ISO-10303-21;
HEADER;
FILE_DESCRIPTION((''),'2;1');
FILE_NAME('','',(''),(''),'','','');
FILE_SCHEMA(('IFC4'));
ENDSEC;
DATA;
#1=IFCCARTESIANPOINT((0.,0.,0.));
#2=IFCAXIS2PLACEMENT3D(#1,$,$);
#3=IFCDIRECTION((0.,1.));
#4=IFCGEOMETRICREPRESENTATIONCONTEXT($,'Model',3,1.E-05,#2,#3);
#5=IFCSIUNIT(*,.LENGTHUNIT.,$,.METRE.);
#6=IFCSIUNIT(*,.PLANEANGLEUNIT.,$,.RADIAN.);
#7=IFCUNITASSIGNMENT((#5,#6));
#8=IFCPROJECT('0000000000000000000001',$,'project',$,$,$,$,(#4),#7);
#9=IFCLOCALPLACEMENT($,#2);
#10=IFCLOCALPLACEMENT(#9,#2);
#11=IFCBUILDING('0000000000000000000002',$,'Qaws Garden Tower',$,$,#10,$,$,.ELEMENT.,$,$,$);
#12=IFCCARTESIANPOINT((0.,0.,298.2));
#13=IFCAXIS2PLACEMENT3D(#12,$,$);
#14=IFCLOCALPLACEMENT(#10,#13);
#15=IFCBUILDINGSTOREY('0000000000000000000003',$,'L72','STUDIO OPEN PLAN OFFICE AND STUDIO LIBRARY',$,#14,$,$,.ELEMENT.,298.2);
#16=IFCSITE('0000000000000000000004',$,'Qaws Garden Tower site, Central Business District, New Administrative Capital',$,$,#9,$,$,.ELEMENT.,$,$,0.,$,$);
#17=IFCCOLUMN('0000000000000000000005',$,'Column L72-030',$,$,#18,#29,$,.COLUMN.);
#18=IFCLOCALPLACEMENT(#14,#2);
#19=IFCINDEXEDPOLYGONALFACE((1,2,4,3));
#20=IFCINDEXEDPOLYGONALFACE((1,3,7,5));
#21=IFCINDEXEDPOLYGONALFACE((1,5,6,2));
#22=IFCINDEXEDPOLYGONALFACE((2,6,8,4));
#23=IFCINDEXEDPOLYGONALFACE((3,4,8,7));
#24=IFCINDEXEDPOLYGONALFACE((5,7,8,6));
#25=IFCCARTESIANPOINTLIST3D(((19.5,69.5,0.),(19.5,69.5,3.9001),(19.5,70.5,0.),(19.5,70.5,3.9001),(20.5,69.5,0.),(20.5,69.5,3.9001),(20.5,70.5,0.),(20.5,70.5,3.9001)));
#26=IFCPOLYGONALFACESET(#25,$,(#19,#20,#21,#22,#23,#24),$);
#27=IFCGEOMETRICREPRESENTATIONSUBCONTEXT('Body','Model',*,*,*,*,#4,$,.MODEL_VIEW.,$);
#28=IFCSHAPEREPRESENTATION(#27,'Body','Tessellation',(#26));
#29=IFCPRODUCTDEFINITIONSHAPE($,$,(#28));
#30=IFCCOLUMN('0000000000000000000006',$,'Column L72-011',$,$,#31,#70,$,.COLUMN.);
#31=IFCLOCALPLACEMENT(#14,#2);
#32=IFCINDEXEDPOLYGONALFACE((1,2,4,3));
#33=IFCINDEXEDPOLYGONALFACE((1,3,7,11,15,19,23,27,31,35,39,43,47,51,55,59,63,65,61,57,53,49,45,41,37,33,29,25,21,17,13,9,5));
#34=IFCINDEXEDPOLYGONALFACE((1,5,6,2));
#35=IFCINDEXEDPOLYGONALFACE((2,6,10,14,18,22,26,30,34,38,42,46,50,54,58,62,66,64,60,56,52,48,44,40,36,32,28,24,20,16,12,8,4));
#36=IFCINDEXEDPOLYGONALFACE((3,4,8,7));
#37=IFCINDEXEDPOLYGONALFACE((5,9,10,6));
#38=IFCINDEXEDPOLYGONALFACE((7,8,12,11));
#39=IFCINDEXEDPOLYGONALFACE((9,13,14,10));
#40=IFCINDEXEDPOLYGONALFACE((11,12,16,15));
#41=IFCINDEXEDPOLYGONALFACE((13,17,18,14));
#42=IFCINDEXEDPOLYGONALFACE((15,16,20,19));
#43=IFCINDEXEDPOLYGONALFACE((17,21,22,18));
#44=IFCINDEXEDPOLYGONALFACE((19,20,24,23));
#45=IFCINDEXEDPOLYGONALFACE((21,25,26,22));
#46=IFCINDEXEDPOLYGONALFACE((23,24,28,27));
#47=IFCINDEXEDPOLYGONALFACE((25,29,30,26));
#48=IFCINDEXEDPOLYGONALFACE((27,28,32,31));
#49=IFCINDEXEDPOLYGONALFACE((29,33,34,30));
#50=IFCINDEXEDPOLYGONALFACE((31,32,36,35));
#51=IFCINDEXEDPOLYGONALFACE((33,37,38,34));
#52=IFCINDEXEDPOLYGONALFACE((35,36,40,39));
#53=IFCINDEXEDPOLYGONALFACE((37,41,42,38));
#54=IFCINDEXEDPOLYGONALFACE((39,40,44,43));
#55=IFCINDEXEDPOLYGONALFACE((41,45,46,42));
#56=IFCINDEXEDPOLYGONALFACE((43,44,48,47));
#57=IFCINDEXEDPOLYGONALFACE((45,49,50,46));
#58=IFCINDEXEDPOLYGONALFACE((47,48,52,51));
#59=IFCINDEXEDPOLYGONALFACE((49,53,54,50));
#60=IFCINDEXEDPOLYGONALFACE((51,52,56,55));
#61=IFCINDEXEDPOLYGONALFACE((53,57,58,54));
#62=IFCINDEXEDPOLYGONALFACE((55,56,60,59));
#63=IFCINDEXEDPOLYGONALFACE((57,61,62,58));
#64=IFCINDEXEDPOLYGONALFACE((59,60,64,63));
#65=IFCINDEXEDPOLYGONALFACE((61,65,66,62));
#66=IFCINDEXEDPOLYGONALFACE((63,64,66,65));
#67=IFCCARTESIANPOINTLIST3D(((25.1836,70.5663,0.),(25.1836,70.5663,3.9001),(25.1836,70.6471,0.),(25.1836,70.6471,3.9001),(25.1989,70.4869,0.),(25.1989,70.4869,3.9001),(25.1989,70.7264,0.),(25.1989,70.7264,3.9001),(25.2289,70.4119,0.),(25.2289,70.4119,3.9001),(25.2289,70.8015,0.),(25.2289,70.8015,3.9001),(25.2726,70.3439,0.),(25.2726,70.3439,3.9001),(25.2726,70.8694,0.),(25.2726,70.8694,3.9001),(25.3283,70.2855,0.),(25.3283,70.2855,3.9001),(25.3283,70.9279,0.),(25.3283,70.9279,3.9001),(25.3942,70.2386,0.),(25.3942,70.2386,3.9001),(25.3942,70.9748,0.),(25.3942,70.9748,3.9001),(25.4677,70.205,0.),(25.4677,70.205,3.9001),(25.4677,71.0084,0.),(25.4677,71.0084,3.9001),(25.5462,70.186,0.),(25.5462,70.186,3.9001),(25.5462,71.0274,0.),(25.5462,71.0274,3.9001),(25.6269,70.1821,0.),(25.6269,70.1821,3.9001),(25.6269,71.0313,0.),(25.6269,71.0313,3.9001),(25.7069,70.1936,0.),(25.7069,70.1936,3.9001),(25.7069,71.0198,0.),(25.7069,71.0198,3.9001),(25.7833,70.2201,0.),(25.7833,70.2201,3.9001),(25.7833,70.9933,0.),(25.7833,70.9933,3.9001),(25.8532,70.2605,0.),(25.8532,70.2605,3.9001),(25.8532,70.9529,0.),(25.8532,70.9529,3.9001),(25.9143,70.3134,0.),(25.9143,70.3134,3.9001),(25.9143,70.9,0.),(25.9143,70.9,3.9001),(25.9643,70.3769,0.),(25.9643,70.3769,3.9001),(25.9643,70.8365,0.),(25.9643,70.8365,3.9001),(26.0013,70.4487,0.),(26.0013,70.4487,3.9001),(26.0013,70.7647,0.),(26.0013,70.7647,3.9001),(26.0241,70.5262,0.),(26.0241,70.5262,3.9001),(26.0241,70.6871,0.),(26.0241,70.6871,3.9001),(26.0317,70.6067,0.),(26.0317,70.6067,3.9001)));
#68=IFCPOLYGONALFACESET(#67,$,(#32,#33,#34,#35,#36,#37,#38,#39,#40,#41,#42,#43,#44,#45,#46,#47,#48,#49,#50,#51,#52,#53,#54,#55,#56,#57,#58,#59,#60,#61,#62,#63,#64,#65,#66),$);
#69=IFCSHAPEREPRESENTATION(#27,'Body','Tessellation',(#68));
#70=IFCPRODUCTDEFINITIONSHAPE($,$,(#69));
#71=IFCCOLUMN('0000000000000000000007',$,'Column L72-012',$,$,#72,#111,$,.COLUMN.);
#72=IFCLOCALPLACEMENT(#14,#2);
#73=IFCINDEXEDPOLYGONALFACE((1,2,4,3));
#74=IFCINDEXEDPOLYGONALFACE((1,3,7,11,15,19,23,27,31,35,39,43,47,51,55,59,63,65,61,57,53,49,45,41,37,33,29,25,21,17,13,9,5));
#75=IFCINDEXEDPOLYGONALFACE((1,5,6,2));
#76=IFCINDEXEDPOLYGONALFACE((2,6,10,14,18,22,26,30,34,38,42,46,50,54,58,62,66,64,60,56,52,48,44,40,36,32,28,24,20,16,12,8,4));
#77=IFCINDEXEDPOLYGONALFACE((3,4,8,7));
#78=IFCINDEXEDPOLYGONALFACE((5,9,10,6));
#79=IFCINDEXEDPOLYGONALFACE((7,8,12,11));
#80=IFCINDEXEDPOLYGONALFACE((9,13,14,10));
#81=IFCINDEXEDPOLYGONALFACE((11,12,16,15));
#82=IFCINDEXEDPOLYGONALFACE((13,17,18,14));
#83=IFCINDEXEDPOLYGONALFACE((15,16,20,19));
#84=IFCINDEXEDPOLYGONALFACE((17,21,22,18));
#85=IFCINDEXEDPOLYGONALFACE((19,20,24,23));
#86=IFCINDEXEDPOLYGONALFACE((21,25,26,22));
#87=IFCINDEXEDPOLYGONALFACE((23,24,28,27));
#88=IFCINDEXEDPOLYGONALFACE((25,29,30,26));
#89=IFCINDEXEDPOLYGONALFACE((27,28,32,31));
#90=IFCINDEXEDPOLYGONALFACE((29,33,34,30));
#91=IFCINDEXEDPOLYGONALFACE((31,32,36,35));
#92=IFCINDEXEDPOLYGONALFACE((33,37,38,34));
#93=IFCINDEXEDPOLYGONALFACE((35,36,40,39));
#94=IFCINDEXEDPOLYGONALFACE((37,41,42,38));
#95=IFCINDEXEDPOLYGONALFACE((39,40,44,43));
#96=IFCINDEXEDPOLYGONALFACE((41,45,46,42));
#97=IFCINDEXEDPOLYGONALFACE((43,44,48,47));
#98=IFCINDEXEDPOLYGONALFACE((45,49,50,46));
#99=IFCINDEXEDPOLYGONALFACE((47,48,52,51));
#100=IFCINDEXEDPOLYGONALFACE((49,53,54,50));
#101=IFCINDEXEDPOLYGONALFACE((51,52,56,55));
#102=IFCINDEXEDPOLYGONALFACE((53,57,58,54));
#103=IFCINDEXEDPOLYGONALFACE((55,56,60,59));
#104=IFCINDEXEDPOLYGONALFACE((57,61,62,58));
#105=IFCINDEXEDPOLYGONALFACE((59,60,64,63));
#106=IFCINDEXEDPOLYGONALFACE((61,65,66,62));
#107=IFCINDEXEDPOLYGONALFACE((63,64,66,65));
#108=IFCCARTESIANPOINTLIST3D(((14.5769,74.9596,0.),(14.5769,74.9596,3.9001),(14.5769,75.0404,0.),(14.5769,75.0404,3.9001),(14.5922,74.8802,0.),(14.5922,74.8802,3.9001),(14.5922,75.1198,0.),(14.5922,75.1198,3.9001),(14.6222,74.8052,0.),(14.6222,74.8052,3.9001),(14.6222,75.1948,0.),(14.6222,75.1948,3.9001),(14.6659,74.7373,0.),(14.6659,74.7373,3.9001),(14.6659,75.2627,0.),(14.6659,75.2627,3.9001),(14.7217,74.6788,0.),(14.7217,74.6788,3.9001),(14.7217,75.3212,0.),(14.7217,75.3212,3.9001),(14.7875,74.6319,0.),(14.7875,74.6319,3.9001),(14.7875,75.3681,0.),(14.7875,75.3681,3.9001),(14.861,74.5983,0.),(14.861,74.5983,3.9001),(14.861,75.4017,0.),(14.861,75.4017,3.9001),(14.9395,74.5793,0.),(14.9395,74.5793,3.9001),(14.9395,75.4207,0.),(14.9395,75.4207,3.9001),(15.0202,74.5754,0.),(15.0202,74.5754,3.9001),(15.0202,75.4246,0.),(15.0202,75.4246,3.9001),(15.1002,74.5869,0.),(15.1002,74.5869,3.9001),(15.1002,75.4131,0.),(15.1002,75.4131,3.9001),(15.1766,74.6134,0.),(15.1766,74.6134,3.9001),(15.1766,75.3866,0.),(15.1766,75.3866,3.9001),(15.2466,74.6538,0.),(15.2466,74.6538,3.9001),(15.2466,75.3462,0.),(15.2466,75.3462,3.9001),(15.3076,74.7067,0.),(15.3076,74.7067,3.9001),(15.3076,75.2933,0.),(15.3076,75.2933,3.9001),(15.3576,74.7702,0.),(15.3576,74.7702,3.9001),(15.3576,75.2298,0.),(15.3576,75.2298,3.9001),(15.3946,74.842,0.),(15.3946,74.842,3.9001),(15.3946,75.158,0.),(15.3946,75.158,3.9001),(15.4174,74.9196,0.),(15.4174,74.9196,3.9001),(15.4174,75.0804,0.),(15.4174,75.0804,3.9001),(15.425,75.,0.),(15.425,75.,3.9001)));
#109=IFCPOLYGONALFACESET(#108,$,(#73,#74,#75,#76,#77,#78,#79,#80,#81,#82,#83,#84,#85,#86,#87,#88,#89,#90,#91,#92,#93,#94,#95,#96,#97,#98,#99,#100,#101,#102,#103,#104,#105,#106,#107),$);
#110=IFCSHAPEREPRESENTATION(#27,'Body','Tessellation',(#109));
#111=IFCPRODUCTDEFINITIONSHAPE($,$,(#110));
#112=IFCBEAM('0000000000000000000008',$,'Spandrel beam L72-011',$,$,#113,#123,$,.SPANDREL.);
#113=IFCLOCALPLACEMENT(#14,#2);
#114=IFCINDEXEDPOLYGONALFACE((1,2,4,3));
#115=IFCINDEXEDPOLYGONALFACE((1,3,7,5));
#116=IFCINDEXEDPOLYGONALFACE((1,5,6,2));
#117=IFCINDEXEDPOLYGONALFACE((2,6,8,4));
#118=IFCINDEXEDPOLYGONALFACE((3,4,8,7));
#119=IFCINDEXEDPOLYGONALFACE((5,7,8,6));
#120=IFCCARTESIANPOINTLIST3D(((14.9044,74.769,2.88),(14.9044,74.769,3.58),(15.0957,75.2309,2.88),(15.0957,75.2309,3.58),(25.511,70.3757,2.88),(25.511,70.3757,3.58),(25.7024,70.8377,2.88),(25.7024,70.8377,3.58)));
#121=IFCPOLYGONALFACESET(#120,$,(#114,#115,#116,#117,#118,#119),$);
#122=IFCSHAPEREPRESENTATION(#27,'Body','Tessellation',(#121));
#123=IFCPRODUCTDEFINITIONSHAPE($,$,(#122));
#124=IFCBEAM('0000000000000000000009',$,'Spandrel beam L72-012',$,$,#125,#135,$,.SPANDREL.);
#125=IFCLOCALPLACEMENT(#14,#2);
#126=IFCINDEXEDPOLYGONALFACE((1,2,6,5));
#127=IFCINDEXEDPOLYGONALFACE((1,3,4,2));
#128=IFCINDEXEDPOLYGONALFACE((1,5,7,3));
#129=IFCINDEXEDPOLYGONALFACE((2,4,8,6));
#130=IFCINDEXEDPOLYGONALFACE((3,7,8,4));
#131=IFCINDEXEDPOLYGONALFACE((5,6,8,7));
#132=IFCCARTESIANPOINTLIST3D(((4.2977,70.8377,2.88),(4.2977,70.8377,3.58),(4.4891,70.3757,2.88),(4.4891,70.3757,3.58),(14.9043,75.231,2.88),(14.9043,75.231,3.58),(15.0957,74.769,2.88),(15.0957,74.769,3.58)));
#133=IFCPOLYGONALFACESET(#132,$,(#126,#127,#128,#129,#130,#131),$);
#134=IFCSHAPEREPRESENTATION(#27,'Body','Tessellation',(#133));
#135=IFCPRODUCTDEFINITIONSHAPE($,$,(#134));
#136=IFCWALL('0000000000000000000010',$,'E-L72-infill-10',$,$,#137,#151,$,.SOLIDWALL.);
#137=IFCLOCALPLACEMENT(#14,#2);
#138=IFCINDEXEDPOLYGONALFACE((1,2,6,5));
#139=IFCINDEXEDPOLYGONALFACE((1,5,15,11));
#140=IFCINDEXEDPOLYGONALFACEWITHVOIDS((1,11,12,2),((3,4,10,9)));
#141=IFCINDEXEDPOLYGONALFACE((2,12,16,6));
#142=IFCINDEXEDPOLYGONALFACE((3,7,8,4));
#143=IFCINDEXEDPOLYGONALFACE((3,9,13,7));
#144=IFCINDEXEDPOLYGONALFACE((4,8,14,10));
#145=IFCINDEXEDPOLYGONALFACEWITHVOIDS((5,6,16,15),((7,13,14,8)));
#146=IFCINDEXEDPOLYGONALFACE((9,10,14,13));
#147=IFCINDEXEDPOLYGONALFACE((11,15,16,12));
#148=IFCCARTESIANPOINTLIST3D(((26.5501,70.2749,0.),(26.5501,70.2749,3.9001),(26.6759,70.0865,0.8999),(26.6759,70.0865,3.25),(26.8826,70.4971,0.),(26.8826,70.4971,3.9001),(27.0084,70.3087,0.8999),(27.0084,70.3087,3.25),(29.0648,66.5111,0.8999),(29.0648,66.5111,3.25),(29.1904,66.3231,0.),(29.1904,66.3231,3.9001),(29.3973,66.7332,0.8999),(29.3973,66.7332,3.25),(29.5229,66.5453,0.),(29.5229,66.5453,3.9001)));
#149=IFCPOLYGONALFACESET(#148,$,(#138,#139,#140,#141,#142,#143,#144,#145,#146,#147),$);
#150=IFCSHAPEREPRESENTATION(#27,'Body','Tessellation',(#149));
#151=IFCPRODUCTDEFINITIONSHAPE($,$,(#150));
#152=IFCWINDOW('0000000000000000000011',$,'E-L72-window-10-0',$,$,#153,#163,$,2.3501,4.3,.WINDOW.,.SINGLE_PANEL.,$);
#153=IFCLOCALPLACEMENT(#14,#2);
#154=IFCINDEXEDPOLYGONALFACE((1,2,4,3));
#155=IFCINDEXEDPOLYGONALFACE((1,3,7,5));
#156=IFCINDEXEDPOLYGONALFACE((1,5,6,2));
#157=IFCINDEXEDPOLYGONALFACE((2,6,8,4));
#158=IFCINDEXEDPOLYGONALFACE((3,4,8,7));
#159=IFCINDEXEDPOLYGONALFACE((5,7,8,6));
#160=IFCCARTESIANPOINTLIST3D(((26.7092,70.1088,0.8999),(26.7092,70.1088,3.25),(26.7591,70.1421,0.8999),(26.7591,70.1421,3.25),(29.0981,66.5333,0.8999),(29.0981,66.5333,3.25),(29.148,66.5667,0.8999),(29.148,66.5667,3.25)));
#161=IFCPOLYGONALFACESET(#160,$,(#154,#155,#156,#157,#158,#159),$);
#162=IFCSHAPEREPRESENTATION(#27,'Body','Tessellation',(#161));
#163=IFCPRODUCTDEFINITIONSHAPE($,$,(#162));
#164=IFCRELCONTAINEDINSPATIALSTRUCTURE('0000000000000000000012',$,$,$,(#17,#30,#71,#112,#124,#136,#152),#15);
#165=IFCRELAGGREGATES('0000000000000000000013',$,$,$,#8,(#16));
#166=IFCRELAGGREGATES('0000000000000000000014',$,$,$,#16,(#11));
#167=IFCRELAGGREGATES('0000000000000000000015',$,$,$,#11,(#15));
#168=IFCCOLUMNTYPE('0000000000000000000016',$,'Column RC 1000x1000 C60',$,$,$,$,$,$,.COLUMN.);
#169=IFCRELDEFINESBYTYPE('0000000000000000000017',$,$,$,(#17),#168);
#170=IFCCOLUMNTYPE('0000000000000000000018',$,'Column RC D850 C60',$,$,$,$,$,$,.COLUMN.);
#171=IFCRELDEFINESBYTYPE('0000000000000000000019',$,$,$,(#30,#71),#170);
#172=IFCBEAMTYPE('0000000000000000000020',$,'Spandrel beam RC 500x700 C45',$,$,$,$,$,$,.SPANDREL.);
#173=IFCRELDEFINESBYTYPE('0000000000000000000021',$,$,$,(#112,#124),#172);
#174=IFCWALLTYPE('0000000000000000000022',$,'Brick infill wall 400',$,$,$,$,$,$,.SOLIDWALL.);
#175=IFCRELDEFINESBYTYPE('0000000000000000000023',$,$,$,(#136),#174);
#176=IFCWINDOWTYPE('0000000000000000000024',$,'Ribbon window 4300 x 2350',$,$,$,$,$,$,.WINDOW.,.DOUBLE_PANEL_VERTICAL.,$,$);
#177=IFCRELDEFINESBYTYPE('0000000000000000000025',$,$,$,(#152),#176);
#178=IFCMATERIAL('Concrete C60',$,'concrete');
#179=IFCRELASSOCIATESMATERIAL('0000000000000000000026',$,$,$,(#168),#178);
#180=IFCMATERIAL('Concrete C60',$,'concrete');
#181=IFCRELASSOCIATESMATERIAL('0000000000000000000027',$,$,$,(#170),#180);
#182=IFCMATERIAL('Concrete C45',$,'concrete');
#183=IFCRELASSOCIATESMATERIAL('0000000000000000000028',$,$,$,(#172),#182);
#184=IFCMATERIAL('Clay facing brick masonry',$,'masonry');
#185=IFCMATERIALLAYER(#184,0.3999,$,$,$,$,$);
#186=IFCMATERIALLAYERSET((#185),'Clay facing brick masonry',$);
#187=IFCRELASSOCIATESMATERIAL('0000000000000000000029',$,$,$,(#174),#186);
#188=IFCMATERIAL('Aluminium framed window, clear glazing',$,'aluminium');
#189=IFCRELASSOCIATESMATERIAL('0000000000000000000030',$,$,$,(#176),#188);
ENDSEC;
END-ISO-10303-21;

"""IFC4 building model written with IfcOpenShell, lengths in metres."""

from ifc_helpers import new_model, si_unit, direction, frame, frame_2d, origin, origin_2d, place, context, subcontext, project, spatial, rectangle, circle, extrude, material, layer, layer_set, material_profile, profile_set, type_object, element, fill, save


model = new_model("IFC4")

# Units and contexts
model_context = context("Model", 3, precision=1e-05, world=origin(), true_north=direction((0.0, 1.0)))
body_context = subcontext(model_context, "Body", "Model", "MODEL_VIEW")
ifc_project = project(units=[si_unit("LENGTHUNIT", "METRE"), si_unit("PLANEANGLEUNIT", "RADIAN")], contexts=[model_context])

# Site, building, storey
site_placement = place(None, origin())
site = spatial("IfcSite", under=ifc_project, at=site_placement, Name="Qaws Garden Tower site, Central Business District, New Administrative Capital", CompositionType="ELEMENT", RefElevation=0.0)
building_placement = place(site_placement, origin())
building = spatial("IfcBuilding", under=site, at=building_placement, Name="Qaws Garden Tower", CompositionType="ELEMENT")
storey_placement = place(building_placement, frame((0.0, 0.0, 298.2)))
storey = spatial("IfcBuildingStorey", under=building, at=storey_placement, Name="L72", Description="STUDIO OPEN PLAN OFFICE AND STUDIO LIBRARY", CompositionType="ELEMENT", Elevation=298.2)

# Columns
ifc_material_1 = material(Name="Concrete C60", Category="concrete")
ifc_material_profile_1 = material_profile(ifc_material_1, rectangle(XDim=1.0, YDim=1.0, at=origin_2d()), Name="RC 1000x1000")
ifc_profile_set_1 = profile_set([ifc_material_profile_1], Name="Concrete C60")
column_type_1 = type_object("IfcColumnType", Name="Column RC 1000x1000 C60", PredefinedType="COLUMN", material=ifc_profile_set_1)
column_placement = place(storey_placement, frame((20.0, 70.0, 0.0), z_axis=(0.0, 0.0, 1.0), x_axis=(1.0, 0.0, 0.0)))
element("IfcColumn", 1, at=column_placement, inside=storey, type_object=column_type_1, Name="Column L72-030", PredefinedType="COLUMN", context=body_context, shape_type="SweptSolid", body=[
    extrude(rectangle(XDim=1.0, YDim=1.0, at=origin_2d()), origin(), (0.0, 0.0, 1.0), 3.9001),
])
ifc_material_2 = material(Name="Concrete C60", Category="concrete")
ifc_material_profile_2 = material_profile(ifc_material_2, circle(Radius=0.425, at=origin_2d()), Name="RC D850")
ifc_profile_set_2 = profile_set([ifc_material_profile_2], Name="Concrete C60")
column_type_2 = type_object("IfcColumnType", Name="Column RC D850 C60", PredefinedType="COLUMN", material=ifc_profile_set_2)
for number, where, z_axis, x_axis, name in (
    (2, (25.6067, 70.6067, 0.0), (0.0, 0.0, 1.0), (1.0, 0.0, 0.0), "Column L72-011"),
    (3, (15.0, 75.0, 0.0), (0.0, 0.0, 1.0), (1.0, 0.0, 0.0), "Column L72-012"),
):
    element("IfcColumn", number, at=place(storey_placement, frame(where, z_axis=z_axis, x_axis=x_axis)), inside=storey, type_object=column_type_2, Name=name, PredefinedType="COLUMN", context=body_context, shape_type="SweptSolid", body=[
        extrude(circle(Radius=0.425, at=origin_2d()), origin(), (0.0, 0.0, 1.0), 3.9001),
    ])

# Beams
ifc_material_3 = material(Name="Concrete C45", Category="concrete")
ifc_material_profile_3 = material_profile(ifc_material_3, rectangle(XDim=0.5, YDim=0.7, at=origin_2d()), Name="RC 500x700")
ifc_profile_set_3 = profile_set([ifc_material_profile_3], Name="Concrete C45")
beam_type = type_object("IfcBeamType", Name="Spandrel beam RC 500x700 C45", PredefinedType="SPANDREL", material=ifc_profile_set_3)
for number, where, z_axis, x_axis, name in (
    (4, (25.6067, 70.6067, 3.23), (-0.923883, 0.382674, 0.0), (-0.382674, -0.923883, 0.0), "Spandrel beam L72-011"),
    (5, (15.0, 75.0, 3.23), (-0.923883, -0.382674, 0.0), (0.382674, -0.923883, 0.0), "Spandrel beam L72-012"),
):
    element("IfcBeam", number, at=place(storey_placement, frame(where, z_axis=z_axis, x_axis=x_axis)), inside=storey, type_object=beam_type, Name=name, PredefinedType="SPANDREL", context=body_context, shape_type="SweptSolid", body=[
        extrude(rectangle(XDim=0.5, YDim=0.7, at=origin_2d()), origin(), (0.0, 0.0, 1.0), 11.4805),
    ])

# Wall, opening, window
ifc_material_4 = material(Name="Clay facing brick masonry", Category="masonry")
ifc_layer_1 = layer(ifc_material_4, 0.3999)
ifc_layer_set_1 = layer_set([ifc_layer_1], Name="Clay facing brick masonry")
wall_type_1 = type_object("IfcWallType", Name="Brick infill wall 400", PredefinedType="SOLIDWALL", material=ifc_layer_set_1)
wall_1_placement = place(storey_placement, frame((29.3567, 66.4341, 0.0), z_axis=(0.0, 0.0, 1.0), x_axis=(-0.555542, 0.831489, 0.0)))
wall_1 = element("IfcWall", 6, at=wall_1_placement, inside=storey, type_object=wall_type_1, Name="E-L72-infill-10", PredefinedType="SOLIDWALL", context=body_context, shape_type="SweptSolid", body=[
    extrude(rectangle(XDim=4.7527, YDim=0.3999, at=frame_2d((2.3765, 0.0))), origin(), (0.0, 0.0, 1.0), 3.9001),
])
opening_1_placement = place(wall_1_placement, frame((0.2263, 0.0, 0.8999)))
opening_1 = element("IfcOpeningElement", 7, at=opening_1_placement, cuts=wall_1, PredefinedType="OPENING", context=body_context, shape_type="SweptSolid", body=[
    extrude(rectangle(XDim=4.3, YDim=2.3501, at=frame_2d((2.1499, 1.175))), frame((0.0, 0.21, 0.0), z_axis=(0.0, -1.0, 0.0), x_axis=(1.0, 0.0, 0.0)), (0.0, 0.0, 1.0), 0.4199),
])
ifc_material_5 = material(Name="Aluminium framed window, clear glazing", Category="aluminium")
window_type = type_object("IfcWindowType", Name="Ribbon window 4300 x 2350", PartitioningType="DOUBLE_PANEL_VERTICAL", PredefinedType="WINDOW", material=ifc_material_5)
window_1_placement = place(opening_1_placement, origin())
window_1 = element("IfcWindow", 8, at=window_1_placement, inside=storey, type_object=window_type, Name="E-L72-window-10-0", OverallHeight=2.3501, OverallWidth=4.3, PartitioningType="SINGLE_PANEL", PredefinedType="WINDOW", context=body_context, shape_type="SweptSolid", body=[
    extrude(rectangle(XDim=4.3, YDim=2.3501, at=frame_2d((2.1499, 1.175))), frame((0.0, 0.1599, 0.0), z_axis=(0.0, -1.0, 0.0), x_axis=(1.0, 0.0, 0.0)), (0.0, 0.0, 1.0), 0.0601),
])
fill(opening_1, window_1)

save(model, "model.ifc")
